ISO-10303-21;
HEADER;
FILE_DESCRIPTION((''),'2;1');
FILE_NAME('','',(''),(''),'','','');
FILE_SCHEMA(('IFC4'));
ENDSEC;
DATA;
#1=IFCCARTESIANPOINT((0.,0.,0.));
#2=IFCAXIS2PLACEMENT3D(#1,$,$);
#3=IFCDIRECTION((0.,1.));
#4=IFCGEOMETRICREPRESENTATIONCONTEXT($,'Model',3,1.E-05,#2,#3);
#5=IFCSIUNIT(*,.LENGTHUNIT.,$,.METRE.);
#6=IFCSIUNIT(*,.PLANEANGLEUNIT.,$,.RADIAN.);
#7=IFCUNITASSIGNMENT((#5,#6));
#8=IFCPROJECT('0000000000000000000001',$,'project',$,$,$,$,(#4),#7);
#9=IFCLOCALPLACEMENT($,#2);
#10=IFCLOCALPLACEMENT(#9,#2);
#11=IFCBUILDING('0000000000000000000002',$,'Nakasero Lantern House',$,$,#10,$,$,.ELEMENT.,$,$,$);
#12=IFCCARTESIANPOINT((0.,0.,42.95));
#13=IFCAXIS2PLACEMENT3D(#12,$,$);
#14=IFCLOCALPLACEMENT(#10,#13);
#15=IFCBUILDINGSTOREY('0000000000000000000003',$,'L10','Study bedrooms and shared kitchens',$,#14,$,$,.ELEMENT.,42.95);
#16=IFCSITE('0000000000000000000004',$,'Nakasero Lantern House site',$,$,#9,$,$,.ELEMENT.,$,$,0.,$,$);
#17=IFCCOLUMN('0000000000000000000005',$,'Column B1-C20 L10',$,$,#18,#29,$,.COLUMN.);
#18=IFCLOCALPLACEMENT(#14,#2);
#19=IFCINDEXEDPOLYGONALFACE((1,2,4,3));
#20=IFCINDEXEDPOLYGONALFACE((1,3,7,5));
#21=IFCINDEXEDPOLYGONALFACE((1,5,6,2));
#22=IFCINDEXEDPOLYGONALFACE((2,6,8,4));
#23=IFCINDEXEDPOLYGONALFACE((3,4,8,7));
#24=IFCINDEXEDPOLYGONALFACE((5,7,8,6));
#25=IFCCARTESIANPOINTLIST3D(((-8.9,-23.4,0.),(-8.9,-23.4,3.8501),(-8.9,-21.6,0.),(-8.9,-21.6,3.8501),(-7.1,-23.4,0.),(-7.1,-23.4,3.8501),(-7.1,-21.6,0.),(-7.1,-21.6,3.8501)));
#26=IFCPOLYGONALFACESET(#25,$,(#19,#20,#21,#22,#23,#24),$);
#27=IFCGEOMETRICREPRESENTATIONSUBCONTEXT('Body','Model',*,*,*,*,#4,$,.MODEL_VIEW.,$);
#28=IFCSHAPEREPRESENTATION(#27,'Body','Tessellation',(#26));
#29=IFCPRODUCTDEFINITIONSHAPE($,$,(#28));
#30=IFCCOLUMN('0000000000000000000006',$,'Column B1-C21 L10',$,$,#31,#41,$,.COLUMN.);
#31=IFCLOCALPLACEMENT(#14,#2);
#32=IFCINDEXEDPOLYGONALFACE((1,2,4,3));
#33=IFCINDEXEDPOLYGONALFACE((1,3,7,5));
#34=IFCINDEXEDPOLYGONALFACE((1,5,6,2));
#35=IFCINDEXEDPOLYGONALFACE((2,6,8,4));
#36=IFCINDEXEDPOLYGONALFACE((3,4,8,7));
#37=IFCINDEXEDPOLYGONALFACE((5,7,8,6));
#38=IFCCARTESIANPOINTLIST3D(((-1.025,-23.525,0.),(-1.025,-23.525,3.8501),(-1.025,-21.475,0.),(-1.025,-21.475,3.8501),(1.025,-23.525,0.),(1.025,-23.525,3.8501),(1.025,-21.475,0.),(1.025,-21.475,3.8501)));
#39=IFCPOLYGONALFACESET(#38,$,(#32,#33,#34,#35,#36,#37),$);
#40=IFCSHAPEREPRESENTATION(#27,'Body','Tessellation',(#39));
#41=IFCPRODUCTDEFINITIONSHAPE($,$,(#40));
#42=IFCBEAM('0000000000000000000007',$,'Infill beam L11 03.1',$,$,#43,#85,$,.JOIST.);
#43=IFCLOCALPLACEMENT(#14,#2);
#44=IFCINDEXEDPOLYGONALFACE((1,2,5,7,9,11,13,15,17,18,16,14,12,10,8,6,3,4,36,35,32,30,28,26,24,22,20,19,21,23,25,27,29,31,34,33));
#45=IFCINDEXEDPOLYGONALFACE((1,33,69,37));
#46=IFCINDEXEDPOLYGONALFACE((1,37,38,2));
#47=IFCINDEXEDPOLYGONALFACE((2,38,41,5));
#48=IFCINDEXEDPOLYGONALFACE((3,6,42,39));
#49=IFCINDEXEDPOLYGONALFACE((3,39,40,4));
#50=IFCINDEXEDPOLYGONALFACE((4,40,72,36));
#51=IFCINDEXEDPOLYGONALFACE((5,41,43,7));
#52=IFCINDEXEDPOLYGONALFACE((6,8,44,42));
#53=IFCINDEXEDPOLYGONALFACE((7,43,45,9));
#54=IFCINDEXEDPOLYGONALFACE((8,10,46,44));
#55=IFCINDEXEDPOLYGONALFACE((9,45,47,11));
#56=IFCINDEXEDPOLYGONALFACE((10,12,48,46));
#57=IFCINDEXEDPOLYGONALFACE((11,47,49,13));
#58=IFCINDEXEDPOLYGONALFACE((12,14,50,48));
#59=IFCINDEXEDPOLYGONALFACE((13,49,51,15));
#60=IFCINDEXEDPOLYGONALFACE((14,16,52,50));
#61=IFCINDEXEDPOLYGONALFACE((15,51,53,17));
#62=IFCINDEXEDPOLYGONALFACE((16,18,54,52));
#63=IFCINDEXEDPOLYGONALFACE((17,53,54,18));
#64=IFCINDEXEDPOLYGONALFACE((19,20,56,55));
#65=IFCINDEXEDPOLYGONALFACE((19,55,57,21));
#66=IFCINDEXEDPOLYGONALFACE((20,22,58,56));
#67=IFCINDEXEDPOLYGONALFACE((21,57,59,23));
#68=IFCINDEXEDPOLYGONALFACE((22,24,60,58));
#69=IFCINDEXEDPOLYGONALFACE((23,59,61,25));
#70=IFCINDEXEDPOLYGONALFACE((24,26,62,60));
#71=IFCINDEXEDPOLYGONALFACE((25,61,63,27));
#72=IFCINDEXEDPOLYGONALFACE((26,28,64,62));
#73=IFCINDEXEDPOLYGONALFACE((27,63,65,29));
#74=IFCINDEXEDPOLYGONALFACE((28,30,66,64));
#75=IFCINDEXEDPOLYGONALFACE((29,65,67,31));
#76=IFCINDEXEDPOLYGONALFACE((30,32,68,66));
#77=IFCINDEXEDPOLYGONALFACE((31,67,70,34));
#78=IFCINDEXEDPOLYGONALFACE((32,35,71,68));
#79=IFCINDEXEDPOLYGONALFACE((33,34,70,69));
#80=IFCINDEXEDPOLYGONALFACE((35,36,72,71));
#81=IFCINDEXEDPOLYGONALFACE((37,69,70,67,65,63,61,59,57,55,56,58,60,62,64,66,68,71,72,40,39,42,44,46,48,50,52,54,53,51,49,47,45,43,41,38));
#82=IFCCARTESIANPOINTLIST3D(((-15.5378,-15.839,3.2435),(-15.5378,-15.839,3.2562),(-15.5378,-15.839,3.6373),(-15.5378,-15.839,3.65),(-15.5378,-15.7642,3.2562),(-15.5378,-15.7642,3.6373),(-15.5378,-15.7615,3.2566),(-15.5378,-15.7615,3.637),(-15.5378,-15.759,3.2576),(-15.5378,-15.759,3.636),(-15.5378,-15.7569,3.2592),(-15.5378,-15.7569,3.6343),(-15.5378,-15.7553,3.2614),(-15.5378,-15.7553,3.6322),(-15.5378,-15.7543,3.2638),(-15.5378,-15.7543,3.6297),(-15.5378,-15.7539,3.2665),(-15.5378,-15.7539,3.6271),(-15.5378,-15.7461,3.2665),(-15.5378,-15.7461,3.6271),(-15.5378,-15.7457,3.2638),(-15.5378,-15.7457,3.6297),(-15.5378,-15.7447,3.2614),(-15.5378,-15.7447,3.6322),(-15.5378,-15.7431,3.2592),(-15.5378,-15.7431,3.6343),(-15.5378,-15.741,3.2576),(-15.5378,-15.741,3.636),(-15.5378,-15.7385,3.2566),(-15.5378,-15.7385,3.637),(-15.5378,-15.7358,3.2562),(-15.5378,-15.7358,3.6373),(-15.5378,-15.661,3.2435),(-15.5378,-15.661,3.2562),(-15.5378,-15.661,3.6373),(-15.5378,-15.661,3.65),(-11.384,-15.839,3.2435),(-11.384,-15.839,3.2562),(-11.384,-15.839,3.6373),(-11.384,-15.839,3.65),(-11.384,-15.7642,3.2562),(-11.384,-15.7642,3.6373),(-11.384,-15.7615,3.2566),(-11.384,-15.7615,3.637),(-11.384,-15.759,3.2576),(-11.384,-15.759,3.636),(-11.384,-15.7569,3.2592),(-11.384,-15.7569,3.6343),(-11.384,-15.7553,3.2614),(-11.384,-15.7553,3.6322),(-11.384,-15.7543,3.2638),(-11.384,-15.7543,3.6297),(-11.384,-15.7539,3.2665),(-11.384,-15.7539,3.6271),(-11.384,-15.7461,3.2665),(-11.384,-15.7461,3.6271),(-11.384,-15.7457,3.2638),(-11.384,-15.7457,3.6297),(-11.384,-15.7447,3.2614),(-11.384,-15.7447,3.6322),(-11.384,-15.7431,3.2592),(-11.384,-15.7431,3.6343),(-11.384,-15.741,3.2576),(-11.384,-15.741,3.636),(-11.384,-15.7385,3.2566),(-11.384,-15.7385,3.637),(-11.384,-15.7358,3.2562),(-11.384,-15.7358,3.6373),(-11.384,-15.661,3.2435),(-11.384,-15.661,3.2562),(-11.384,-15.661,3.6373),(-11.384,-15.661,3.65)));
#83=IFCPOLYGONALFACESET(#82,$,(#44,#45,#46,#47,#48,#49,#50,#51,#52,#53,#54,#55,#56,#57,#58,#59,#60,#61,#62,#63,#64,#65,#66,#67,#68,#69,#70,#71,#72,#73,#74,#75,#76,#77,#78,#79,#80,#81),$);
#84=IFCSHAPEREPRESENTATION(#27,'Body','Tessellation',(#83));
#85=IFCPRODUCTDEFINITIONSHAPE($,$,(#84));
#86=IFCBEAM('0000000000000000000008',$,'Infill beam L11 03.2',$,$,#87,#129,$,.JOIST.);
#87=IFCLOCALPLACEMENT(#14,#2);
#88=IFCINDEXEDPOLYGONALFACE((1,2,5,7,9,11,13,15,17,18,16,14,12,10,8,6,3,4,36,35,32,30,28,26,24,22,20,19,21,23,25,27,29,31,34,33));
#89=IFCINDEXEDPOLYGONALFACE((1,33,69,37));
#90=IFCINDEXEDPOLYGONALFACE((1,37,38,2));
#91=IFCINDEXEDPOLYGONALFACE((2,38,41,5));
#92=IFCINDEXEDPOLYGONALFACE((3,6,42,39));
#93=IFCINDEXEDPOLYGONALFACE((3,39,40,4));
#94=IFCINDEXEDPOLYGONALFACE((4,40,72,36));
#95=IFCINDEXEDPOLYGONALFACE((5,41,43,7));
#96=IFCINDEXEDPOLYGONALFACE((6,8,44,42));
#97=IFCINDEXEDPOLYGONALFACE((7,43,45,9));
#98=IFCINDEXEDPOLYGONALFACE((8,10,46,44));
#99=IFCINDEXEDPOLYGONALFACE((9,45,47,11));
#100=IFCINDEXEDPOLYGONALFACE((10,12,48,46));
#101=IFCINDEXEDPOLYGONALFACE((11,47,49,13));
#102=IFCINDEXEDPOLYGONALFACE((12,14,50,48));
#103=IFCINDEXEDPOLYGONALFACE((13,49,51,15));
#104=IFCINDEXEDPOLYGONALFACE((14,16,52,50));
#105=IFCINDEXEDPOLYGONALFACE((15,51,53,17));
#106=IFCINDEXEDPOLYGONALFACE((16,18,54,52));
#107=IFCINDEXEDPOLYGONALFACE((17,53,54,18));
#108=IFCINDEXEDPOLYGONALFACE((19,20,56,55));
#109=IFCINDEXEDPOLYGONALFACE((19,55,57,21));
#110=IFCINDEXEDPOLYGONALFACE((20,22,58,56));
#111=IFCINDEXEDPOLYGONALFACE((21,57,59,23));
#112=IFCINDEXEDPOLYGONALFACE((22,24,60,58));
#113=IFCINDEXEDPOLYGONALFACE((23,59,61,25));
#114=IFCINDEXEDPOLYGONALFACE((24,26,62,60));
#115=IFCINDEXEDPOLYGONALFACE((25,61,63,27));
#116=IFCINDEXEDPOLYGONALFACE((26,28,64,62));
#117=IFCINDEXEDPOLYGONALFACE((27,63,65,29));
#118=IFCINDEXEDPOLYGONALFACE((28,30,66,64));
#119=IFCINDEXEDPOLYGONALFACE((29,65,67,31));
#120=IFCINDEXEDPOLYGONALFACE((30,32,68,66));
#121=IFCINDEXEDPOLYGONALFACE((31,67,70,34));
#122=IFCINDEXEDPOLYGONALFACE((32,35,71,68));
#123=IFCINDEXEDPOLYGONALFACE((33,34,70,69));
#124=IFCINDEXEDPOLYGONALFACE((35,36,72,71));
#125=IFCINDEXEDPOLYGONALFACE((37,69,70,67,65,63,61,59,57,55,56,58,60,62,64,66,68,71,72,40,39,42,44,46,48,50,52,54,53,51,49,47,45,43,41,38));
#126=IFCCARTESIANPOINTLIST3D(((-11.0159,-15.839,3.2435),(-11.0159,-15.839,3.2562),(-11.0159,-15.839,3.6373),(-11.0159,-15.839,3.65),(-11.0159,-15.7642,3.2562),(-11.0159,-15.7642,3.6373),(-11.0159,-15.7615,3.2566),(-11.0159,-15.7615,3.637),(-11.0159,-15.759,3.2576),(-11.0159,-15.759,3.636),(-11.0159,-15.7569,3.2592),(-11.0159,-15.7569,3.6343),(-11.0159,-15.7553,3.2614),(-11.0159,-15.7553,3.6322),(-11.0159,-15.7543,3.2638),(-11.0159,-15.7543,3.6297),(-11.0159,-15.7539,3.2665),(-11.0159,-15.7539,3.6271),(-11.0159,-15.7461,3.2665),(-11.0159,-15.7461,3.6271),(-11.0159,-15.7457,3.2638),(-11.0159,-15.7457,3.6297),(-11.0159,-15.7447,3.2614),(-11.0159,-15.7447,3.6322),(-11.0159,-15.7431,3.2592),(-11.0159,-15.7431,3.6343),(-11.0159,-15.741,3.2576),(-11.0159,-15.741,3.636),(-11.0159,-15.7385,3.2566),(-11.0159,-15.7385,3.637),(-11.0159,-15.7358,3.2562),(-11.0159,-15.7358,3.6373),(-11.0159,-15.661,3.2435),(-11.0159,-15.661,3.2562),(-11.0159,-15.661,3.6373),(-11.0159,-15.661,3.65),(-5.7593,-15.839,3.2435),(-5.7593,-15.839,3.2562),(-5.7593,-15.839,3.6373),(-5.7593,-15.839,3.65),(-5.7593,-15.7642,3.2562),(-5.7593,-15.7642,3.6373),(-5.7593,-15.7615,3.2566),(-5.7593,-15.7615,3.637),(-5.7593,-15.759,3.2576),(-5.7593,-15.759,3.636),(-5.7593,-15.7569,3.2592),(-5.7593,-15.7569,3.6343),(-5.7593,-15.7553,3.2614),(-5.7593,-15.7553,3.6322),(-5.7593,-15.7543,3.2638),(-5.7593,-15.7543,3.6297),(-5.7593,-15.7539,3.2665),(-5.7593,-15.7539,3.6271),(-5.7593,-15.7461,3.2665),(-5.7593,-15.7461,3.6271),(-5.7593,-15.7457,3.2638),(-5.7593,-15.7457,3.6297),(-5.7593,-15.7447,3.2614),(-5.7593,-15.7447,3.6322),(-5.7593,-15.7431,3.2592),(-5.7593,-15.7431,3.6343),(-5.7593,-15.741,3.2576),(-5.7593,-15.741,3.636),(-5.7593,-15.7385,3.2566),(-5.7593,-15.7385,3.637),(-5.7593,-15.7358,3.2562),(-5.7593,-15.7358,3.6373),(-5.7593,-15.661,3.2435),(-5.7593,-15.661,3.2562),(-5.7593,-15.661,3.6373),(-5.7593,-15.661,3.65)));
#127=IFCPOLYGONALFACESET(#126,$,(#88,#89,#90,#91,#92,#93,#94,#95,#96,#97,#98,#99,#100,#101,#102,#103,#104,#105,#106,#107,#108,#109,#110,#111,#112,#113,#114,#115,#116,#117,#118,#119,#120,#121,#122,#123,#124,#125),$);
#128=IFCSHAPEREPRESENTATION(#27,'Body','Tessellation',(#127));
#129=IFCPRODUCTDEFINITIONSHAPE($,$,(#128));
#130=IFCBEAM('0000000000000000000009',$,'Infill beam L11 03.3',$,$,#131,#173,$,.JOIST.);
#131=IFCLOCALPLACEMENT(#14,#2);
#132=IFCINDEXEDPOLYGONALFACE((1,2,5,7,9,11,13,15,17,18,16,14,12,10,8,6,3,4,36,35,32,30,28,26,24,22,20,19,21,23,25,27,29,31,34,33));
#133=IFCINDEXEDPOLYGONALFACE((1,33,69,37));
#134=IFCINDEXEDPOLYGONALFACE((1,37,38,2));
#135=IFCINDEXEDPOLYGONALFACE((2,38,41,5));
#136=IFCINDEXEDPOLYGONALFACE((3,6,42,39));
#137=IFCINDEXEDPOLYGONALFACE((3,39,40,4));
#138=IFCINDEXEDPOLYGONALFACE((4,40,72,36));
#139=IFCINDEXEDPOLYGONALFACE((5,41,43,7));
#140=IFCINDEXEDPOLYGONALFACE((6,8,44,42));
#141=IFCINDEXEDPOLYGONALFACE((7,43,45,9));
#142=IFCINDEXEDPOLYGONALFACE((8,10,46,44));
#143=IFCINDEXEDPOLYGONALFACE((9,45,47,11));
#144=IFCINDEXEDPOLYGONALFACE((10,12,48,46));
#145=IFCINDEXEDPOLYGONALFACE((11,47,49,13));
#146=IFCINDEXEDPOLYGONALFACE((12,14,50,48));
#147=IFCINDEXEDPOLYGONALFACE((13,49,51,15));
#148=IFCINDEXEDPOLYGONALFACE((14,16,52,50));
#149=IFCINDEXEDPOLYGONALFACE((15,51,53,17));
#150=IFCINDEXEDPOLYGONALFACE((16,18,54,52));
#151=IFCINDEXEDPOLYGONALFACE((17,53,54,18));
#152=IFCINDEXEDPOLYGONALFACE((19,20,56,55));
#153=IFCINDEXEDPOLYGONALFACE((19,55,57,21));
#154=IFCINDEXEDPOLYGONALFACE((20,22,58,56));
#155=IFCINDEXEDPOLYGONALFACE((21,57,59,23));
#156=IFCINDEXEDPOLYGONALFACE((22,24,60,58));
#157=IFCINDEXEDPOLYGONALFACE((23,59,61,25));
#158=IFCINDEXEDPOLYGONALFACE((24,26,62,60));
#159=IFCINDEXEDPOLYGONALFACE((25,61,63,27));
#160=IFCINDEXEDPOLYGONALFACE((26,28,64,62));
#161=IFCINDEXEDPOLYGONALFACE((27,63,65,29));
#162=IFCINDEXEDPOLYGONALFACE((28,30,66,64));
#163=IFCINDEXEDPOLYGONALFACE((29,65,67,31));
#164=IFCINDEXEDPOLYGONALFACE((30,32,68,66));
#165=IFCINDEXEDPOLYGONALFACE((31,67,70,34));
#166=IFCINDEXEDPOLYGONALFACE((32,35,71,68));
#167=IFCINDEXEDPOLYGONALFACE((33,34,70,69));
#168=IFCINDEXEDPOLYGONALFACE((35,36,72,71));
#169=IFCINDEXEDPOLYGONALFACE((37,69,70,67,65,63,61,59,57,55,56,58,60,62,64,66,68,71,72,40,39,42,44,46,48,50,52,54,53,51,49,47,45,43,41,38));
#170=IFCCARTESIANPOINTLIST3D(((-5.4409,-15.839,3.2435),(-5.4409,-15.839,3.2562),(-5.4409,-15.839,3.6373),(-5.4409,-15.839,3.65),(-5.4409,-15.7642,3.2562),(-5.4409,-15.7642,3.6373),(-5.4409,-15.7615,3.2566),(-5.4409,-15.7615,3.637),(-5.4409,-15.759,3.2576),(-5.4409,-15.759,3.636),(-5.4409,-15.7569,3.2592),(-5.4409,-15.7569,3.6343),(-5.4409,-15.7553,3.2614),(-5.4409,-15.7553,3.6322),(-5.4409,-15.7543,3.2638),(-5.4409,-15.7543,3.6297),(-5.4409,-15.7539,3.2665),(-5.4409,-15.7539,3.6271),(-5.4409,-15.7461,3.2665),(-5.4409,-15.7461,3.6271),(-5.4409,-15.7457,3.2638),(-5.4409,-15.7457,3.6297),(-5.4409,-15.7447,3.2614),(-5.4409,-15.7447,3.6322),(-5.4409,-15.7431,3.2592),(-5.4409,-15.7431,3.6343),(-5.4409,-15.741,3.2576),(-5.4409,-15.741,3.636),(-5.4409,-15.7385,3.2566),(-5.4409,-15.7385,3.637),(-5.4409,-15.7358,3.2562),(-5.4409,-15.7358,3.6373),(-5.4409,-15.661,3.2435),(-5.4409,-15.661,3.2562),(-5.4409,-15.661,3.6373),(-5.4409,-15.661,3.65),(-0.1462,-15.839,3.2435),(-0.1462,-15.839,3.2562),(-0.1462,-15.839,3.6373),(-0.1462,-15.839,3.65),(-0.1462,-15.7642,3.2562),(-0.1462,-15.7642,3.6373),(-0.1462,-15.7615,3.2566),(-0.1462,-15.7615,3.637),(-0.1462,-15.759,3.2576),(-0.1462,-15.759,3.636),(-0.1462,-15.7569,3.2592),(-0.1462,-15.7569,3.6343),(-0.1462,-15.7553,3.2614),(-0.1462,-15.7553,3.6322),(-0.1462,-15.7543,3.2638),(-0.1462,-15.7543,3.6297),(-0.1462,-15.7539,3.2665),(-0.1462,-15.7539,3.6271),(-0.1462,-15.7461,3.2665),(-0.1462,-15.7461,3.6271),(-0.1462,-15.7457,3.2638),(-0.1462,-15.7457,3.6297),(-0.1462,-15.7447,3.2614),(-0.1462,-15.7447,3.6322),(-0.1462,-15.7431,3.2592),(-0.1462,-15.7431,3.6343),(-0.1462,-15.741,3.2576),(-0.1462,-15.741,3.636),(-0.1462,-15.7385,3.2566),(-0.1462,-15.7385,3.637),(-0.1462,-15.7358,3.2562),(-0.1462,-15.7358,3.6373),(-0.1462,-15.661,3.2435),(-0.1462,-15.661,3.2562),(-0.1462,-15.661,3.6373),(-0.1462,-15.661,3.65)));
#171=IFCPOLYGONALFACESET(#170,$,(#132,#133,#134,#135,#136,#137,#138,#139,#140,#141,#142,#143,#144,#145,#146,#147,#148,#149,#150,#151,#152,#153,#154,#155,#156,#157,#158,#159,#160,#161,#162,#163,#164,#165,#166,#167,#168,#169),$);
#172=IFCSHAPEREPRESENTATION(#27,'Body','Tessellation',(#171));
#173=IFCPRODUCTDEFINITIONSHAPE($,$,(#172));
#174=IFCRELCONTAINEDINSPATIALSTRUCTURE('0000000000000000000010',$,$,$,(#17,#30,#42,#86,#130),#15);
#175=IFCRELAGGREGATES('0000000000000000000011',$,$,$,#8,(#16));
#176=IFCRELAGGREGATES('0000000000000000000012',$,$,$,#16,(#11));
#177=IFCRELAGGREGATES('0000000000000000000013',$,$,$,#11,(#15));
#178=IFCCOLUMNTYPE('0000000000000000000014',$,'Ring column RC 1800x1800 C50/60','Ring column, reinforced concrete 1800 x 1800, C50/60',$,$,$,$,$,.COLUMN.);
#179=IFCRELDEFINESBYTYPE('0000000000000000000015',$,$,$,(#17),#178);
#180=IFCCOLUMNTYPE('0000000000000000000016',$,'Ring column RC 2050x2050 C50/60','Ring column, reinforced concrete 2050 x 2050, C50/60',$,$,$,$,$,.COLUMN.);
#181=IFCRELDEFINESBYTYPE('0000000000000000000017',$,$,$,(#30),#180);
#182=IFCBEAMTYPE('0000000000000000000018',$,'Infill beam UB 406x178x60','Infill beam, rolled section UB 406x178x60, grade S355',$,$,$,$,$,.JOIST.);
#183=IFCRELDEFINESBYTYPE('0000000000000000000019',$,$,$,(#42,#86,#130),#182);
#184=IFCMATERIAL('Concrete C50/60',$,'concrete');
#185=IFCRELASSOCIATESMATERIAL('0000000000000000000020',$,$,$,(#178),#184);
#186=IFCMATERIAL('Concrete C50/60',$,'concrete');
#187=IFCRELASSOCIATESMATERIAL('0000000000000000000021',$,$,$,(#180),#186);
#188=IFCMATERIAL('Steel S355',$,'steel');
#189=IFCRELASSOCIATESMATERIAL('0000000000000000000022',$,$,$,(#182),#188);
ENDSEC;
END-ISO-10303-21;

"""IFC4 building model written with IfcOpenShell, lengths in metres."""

from ifc_helpers import new_model, si_unit, direction, frame, origin, origin_2d, place, context, subcontext, project, spatial, rectangle, i_section, extrude, material, material_profile, profile_set, type_object, element, save


model = new_model("IFC4")

# Units and contexts
model_context = context("Model", 3, precision=1e-05, world=origin(), true_north=direction((0.0, 1.0)))
body_context = subcontext(model_context, "Body", "Model", "MODEL_VIEW")
ifc_project = project(units=[si_unit("LENGTHUNIT", "METRE"), si_unit("PLANEANGLEUNIT", "RADIAN")], contexts=[model_context])

# Site, building, storey
site_placement = place(None, origin())
site = spatial("IfcSite", under=ifc_project, at=site_placement, Name="Nakasero Lantern House site", CompositionType="ELEMENT", RefElevation=0.0)
building_placement = place(site_placement, origin())
building = spatial("IfcBuilding", under=site, at=building_placement, Name="Nakasero Lantern House", CompositionType="ELEMENT")
storey_placement = place(building_placement, frame((0.0, 0.0, 42.95)))
storey = spatial("IfcBuildingStorey", under=building, at=storey_placement, Name="L10", Description="Study bedrooms and shared kitchens", CompositionType="ELEMENT", Elevation=42.95)

# Columns
ifc_material_1 = material(Name="Concrete C50/60", Category="concrete")
ifc_material_profile_1 = material_profile(ifc_material_1, rectangle(XDim=1.8, YDim=1.8, at=origin_2d()), Name="RC 1800x1800")
ifc_profile_set_1 = profile_set([ifc_material_profile_1], Name="Concrete C50/60")
column_type_1 = type_object("IfcColumnType", Name="Ring column RC 1800x1800 C50/60", Description="Ring column, reinforced concrete 1800 x 1800, C50/60", PredefinedType="COLUMN", material=ifc_profile_set_1)
column_1_placement = place(storey_placement, frame((-8.0, -22.5, 0.0), z_axis=(0.0, 0.0, 1.0), x_axis=(1.0, 0.0, 0.0)))
element("IfcColumn", 1, at=column_1_placement, inside=storey, type_object=column_type_1, Name="Column B1-C20 L10", PredefinedType="COLUMN", context=body_context, shape_type="SweptSolid", body=[
    extrude(rectangle(XDim=1.8, YDim=1.8, at=origin_2d()), origin(), (0.0, 0.0, 1.0), 3.8501),
])
ifc_material_2 = material(Name="Concrete C50/60", Category="concrete")
ifc_material_profile_2 = material_profile(ifc_material_2, rectangle(XDim=2.05, YDim=2.05, at=origin_2d()), Name="RC 2050x2050")
ifc_profile_set_2 = profile_set([ifc_material_profile_2], Name="Concrete C50/60")
column_type_2 = type_object("IfcColumnType", Name="Ring column RC 2050x2050 C50/60", Description="Ring column, reinforced concrete 2050 x 2050, C50/60", PredefinedType="COLUMN", material=ifc_profile_set_2)
column_2_placement = place(storey_placement, frame((0.0, -22.5, 0.0), z_axis=(0.0, 0.0, 1.0), x_axis=(1.0, 0.0, 0.0)))
element("IfcColumn", 2, at=column_2_placement, inside=storey, type_object=column_type_2, Name="Column B1-C21 L10", PredefinedType="COLUMN", context=body_context, shape_type="SweptSolid", body=[
    extrude(rectangle(XDim=2.05, YDim=2.05, at=origin_2d()), origin(), (0.0, 0.0, 1.0), 3.8501),
])

# Beams
ifc_material_3 = material(Name="Steel S355", Category="steel")
ifc_material_profile_3 = material_profile(ifc_material_3, i_section(OverallWidth=0.178, OverallDepth=0.4065, WebThickness=0.0078, FlangeThickness=0.0127, FilletRadius=0.0103, at=origin_2d()), Name="UB 406x178x60")
ifc_profile_set_3 = profile_set([ifc_material_profile_3], Name="Steel S355")
beam_type_1 = type_object("IfcBeamType", Name="Infill beam UB 406x178x60", Description="Infill beam, rolled section UB 406x178x60, grade S355", PredefinedType="JOIST", material=ifc_profile_set_3)
beam_1_placement = place(storey_placement, frame((-15.5378, -15.75, 3.4468), z_axis=(1.0, 0.0, 0.0), x_axis=(0.0, 1.0, 0.0)))
element("IfcBeam", 3, at=beam_1_placement, inside=storey, type_object=beam_type_1, Name="Infill beam L11 03.1", PredefinedType="JOIST", context=body_context, shape_type="SweptSolid", body=[
    extrude(i_section(OverallWidth=0.178, OverallDepth=0.4065, WebThickness=0.0078, FlangeThickness=0.0127, FilletRadius=0.0103, at=origin_2d()), origin(), (0.0, 0.0, 1.0), 4.1538),
])
beam_2_placement = place(storey_placement, frame((-11.0159, -15.75, 3.4468), z_axis=(1.0, 0.0, 0.0), x_axis=(0.0, 1.0, 0.0)))
element("IfcBeam", 4, at=beam_2_placement, inside=storey, type_object=beam_type_1, Name="Infill beam L11 03.2", PredefinedType="JOIST", context=body_context, shape_type="SweptSolid", body=[
    extrude(i_section(OverallWidth=0.178, OverallDepth=0.4065, WebThickness=0.0078, FlangeThickness=0.0127, FilletRadius=0.0103, at=origin_2d()), origin(), (0.0, 0.0, 1.0), 5.2566),
])
beam_3_placement = place(storey_placement, frame((-5.4409, -15.75, 3.4468), z_axis=(1.0, 0.0, 0.0), x_axis=(0.0, 1.0, 0.0)))
element("IfcBeam", 5, at=beam_3_placement, inside=storey, type_object=beam_type_1, Name="Infill beam L11 03.3", PredefinedType="JOIST", context=body_context, shape_type="SweptSolid", body=[
    extrude(i_section(OverallWidth=0.178, OverallDepth=0.4065, WebThickness=0.0078, FlangeThickness=0.0127, FilletRadius=0.0103, at=origin_2d()), origin(), (0.0, 0.0, 1.0), 5.2947),
])

save(model, "model.ifc")
